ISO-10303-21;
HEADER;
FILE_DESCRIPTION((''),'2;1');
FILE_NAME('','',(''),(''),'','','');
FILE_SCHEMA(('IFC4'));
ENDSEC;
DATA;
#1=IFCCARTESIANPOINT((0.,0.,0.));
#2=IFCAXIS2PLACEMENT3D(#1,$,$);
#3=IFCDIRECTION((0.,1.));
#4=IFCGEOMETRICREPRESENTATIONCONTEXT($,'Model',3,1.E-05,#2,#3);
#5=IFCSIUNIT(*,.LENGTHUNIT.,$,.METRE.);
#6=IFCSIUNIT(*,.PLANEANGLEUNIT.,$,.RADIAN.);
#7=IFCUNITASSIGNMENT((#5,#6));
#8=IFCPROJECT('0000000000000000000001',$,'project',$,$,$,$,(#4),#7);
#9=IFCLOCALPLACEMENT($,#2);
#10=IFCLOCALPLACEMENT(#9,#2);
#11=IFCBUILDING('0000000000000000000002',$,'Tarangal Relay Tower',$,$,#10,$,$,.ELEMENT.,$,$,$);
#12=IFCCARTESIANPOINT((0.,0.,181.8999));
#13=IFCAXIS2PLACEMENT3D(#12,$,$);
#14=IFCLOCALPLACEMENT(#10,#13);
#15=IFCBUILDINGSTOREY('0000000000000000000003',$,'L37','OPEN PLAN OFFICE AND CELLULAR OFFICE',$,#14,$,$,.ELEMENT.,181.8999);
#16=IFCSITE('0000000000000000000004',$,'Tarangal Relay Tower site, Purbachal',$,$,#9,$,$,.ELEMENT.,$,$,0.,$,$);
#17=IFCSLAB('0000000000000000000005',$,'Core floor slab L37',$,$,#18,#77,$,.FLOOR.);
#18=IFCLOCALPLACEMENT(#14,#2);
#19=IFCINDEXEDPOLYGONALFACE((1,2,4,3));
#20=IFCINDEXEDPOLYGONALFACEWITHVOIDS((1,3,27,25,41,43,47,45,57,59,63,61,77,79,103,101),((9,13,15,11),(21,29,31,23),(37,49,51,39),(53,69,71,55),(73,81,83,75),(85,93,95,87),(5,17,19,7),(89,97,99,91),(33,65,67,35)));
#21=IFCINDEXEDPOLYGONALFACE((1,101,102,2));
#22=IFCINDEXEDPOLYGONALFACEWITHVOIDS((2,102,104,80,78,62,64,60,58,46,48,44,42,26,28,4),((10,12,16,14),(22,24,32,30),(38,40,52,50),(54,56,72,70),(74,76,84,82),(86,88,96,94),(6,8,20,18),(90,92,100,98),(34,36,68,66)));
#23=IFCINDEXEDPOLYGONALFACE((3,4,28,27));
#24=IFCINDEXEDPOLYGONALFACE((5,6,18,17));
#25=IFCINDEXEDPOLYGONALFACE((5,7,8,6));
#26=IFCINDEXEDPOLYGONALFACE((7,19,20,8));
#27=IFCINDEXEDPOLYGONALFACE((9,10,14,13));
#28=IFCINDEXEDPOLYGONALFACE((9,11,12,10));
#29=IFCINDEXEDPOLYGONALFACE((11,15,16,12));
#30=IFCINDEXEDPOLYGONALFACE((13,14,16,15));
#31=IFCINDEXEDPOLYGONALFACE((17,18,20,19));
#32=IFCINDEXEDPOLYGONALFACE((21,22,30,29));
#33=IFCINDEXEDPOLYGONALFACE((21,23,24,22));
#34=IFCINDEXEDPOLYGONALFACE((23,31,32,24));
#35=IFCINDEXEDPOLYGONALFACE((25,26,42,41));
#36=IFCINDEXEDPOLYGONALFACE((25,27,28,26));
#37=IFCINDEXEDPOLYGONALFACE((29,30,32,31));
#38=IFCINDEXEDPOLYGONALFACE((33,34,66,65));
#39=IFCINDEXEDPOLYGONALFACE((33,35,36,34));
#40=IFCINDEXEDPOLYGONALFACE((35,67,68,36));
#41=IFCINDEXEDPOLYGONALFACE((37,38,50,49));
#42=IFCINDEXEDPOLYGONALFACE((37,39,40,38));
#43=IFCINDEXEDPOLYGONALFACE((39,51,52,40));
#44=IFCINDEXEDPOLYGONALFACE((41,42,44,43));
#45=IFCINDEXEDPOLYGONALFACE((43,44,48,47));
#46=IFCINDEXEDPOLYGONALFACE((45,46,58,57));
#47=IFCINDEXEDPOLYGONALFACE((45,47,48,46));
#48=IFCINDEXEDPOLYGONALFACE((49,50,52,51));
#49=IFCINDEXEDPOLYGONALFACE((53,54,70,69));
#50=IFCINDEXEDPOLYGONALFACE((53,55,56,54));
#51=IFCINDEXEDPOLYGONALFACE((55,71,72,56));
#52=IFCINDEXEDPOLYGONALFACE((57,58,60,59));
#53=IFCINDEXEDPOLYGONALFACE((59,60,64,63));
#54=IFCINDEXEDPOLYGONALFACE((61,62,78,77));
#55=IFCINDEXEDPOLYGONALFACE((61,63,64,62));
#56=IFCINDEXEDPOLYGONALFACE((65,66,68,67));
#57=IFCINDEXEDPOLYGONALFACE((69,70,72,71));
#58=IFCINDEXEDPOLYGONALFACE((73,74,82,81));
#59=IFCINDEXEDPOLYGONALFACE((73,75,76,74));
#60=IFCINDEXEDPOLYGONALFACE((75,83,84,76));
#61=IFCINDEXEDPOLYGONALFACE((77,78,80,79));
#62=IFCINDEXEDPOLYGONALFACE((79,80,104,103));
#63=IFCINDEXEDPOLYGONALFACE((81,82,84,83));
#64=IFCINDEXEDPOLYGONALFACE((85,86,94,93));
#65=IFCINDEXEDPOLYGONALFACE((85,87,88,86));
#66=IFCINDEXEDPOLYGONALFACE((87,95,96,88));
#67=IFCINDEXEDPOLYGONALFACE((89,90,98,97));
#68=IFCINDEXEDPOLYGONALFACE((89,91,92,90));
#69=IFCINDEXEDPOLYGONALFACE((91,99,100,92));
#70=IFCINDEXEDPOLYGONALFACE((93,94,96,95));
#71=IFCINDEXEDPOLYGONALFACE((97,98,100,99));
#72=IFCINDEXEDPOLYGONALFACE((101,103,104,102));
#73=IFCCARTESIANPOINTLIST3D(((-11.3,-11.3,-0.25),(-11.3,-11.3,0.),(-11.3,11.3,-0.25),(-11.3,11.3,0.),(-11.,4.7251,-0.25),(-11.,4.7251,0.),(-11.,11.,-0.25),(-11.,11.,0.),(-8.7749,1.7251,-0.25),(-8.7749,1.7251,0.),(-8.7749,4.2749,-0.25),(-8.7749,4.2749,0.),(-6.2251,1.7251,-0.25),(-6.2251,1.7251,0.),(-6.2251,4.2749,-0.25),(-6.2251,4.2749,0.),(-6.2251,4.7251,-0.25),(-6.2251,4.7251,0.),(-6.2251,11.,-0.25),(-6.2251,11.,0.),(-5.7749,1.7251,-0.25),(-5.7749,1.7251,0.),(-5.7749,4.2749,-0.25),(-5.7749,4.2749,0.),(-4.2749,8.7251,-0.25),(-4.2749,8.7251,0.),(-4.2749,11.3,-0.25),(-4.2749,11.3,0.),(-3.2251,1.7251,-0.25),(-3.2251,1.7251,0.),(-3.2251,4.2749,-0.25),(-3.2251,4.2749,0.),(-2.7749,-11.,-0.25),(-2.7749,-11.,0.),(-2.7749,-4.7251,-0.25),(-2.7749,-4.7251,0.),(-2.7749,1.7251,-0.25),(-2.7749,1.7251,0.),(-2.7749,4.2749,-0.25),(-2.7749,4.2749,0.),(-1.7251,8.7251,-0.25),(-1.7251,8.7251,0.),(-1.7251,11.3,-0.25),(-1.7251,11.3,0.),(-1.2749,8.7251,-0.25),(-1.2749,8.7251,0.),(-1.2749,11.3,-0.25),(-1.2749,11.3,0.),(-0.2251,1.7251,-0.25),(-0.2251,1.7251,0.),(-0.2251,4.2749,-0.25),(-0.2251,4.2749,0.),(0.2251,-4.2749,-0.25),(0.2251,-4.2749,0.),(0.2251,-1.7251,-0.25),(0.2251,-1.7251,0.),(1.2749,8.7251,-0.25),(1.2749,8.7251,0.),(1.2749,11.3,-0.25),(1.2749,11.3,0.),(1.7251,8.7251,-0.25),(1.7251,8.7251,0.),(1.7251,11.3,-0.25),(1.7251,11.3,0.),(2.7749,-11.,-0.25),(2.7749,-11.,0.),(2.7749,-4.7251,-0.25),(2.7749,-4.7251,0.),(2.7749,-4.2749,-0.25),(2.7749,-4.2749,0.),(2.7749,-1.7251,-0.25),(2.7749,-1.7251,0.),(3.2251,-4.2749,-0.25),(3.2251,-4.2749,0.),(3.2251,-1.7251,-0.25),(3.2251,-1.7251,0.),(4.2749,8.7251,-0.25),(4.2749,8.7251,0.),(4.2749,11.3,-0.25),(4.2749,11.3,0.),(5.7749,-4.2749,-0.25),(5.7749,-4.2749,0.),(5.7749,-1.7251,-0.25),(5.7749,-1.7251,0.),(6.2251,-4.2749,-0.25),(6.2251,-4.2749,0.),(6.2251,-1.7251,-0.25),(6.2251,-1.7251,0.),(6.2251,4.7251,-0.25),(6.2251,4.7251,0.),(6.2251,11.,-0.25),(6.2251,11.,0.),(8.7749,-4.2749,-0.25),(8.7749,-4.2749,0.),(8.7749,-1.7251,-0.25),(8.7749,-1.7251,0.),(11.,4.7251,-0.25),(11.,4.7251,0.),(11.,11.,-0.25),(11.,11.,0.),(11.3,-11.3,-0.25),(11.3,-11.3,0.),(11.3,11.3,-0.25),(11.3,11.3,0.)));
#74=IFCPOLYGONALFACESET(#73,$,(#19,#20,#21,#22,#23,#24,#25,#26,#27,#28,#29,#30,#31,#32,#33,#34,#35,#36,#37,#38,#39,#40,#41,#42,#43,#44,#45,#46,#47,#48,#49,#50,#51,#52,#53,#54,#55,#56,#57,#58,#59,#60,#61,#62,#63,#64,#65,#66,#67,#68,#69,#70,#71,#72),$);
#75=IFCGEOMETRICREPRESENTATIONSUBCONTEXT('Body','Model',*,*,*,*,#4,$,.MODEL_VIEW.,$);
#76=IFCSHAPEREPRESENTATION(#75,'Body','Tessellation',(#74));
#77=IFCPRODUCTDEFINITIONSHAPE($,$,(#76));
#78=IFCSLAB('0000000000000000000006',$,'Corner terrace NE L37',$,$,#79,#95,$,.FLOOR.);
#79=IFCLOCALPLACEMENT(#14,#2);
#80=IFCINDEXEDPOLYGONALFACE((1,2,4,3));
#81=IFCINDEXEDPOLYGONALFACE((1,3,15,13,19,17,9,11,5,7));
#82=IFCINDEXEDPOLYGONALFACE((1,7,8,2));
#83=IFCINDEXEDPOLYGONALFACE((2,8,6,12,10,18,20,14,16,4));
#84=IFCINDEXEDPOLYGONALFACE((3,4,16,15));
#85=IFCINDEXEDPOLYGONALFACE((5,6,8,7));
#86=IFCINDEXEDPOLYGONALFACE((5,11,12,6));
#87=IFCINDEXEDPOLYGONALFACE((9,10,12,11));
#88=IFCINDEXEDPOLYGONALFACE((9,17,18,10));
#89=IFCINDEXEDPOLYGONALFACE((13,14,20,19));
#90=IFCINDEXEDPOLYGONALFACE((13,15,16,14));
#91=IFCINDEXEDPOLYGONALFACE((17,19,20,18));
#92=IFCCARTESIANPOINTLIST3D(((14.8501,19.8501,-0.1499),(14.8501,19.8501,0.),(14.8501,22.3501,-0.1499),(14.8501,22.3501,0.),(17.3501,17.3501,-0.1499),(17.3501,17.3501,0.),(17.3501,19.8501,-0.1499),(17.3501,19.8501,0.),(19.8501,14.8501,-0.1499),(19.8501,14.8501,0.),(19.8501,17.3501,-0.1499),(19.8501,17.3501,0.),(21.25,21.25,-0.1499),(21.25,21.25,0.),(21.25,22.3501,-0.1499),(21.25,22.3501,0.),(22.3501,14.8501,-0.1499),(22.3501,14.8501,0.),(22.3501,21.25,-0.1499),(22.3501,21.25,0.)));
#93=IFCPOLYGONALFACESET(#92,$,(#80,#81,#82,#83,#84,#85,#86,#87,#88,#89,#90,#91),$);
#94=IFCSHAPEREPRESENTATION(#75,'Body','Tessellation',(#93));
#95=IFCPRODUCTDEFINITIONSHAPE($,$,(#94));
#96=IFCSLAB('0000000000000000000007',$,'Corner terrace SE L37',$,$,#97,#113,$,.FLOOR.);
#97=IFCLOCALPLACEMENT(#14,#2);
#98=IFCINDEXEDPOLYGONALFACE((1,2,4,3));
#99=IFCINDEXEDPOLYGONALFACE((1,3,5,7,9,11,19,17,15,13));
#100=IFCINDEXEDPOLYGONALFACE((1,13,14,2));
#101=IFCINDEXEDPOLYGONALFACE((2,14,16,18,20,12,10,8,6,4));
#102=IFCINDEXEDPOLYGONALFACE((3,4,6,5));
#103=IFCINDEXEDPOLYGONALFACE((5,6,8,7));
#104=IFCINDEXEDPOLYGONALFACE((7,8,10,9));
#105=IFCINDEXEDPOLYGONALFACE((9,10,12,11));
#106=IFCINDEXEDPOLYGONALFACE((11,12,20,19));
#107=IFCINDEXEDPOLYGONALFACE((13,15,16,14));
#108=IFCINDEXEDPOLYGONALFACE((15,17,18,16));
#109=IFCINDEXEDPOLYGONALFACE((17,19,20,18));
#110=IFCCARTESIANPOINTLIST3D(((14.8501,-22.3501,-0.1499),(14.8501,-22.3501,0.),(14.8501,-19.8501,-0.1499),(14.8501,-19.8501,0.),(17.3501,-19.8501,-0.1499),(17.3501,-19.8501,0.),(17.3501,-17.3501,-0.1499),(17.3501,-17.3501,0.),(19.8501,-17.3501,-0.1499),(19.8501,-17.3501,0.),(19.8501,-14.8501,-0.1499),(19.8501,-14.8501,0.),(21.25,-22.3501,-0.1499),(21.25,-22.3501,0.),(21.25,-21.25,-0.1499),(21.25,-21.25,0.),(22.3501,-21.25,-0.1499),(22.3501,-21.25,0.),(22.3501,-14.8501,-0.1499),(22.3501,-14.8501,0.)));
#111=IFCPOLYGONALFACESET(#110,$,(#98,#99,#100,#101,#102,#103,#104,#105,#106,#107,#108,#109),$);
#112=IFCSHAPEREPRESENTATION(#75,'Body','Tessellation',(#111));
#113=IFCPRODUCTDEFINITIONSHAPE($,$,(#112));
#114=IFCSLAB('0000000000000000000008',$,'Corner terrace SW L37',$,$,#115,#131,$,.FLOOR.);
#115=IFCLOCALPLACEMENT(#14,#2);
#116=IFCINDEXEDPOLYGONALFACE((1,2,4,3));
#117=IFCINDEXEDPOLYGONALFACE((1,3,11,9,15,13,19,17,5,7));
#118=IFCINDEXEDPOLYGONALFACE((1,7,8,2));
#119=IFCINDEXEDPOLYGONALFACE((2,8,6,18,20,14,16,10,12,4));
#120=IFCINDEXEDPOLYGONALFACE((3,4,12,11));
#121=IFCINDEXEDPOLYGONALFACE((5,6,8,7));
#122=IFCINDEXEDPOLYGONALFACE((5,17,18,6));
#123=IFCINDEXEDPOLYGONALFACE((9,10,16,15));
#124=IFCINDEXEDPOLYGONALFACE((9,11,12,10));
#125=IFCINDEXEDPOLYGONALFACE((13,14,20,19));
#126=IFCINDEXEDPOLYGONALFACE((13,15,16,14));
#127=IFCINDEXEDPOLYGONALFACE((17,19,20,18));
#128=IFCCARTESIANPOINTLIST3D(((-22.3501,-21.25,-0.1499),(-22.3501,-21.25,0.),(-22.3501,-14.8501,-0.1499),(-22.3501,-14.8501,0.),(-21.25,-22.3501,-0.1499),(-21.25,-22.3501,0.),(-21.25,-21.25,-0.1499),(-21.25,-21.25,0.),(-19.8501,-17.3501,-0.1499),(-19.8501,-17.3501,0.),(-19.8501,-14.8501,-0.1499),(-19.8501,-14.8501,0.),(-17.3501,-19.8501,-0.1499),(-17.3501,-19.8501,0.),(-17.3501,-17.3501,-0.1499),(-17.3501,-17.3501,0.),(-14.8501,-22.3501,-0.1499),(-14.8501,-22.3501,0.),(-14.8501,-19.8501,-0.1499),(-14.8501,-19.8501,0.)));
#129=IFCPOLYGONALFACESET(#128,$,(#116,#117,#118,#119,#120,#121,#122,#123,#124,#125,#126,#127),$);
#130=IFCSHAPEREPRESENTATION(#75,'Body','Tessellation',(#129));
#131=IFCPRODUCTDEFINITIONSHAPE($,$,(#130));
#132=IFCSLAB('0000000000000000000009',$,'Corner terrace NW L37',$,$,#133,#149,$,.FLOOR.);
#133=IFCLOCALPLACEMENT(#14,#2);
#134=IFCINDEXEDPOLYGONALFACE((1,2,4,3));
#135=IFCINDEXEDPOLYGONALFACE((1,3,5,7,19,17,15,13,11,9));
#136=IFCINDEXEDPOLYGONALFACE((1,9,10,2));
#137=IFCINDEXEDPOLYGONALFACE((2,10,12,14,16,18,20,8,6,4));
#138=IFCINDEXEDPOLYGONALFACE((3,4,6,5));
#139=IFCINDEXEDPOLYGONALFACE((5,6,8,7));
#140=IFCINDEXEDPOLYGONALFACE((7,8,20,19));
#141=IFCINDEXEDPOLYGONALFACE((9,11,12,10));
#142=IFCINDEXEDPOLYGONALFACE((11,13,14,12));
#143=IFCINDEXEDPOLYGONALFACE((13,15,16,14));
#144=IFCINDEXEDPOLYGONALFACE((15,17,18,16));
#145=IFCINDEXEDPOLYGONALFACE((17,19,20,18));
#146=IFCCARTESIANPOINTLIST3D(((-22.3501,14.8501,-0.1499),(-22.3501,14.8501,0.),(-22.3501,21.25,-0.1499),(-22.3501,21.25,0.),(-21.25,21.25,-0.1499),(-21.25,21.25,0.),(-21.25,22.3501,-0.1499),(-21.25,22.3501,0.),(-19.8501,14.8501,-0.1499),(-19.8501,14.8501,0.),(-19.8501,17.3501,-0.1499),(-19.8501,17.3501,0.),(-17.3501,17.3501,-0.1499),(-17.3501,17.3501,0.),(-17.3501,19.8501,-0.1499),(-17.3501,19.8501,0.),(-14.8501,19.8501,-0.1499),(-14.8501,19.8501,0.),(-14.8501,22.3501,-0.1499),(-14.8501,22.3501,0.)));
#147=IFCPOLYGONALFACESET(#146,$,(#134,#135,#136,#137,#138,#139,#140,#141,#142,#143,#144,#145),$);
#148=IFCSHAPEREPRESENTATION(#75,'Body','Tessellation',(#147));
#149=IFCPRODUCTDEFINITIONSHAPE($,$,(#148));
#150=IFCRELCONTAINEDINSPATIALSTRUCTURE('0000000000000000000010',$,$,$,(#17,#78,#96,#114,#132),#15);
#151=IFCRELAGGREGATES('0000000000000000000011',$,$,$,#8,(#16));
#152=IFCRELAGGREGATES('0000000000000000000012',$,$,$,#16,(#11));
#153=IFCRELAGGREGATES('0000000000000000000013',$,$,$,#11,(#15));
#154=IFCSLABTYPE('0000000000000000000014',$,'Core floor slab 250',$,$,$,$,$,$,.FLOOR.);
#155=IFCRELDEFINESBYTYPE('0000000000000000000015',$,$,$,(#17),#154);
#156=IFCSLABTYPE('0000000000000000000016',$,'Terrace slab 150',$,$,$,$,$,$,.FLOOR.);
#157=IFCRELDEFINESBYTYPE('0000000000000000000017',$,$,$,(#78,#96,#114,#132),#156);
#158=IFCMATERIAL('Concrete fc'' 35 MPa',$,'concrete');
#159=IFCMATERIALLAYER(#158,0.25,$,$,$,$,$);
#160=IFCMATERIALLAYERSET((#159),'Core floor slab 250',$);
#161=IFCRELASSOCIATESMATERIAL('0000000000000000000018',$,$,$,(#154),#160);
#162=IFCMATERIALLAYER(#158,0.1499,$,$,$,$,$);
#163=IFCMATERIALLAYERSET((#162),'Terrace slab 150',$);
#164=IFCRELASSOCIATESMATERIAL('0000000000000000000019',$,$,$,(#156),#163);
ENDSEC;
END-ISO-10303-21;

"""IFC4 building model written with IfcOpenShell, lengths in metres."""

from ifc_helpers import new_model, si_unit, direction, frame, origin, place, context, subcontext, project, spatial, polyline, outline, extrude, material, layer, layer_set, type_object, element, save


model = new_model("IFC4")

# Units and contexts
model_context = context("Model", 3, precision=1e-05, world=origin(), true_north=direction((0.0, 1.0)))
body_context = subcontext(model_context, "Body", "Model", "MODEL_VIEW")
ifc_project = project(units=[si_unit("LENGTHUNIT", "METRE"), si_unit("PLANEANGLEUNIT", "RADIAN")], contexts=[model_context])

# Site, building, storey
site_placement = place(None, origin())
site = spatial("IfcSite", under=ifc_project, at=site_placement, Name="Tarangal Relay Tower site, Purbachal", CompositionType="ELEMENT", RefElevation=0.0)
building_placement = place(site_placement, origin())
building = spatial("IfcBuilding", under=site, at=building_placement, Name="Tarangal Relay Tower", CompositionType="ELEMENT")
storey_placement = place(building_placement, frame((0.0, 0.0, 181.8999)))
storey = spatial("IfcBuildingStorey", under=building, at=storey_placement, Name="L37", Description="OPEN PLAN OFFICE AND CELLULAR OFFICE", CompositionType="ELEMENT", Elevation=181.8999)

# Slabs
ifc_material_1 = material(Name="Concrete fc' 35 MPa", Category="concrete")
ifc_layer_1 = layer(ifc_material_1, 0.25)
ifc_layer_set_1 = layer_set([ifc_layer_1], Name="Core floor slab 250")
slab_type_1 = type_object("IfcSlabType", Name="Core floor slab 250", PredefinedType="FLOOR", material=ifc_layer_set_1)
slab_1_placement = place(storey_placement, frame((0.0, 0.0, -0.25)))
element("IfcSlab", 1, at=slab_1_placement, inside=storey, type_object=slab_type_1, Name="Core floor slab L37", PredefinedType="FLOOR", context=body_context, shape_type="SweptSolid", body=[
    extrude(outline(polyline([(11.3, 11.3), (11.3, -11.3), (-11.3, -11.3), (-11.3, 11.3), (-4.2749, 11.3), (-4.2749, 8.7251), (-1.7251, 8.7251), (-1.7251, 11.3), (-1.2749, 11.3), (-1.2749, 8.7251), (1.2749, 8.7251), (1.2749, 11.3), (1.7251, 11.3), (1.7251, 8.7251), (4.2749, 8.7251), (4.2749, 11.3), (11.3, 11.3)]), holes=[polyline([(-6.2251, 4.2749), (-8.7749, 4.2749), (-8.7749, 1.7251), (-6.2251, 1.7251), (-6.2251, 4.2749)]), polyline([(-3.2251, 1.7251), (-3.2251, 4.2749), (-5.7749, 4.2749), (-5.7749, 1.7251), (-3.2251, 1.7251)]), polyline([(-0.2251, 1.7251), (-0.2251, 4.2749), (-2.7749, 4.2749), (-2.7749, 1.7251), (-0.2251, 1.7251)]), polyline([(-6.2251, 11.0), (-11.0, 11.0), (-11.0, 4.7251), (-6.2251, 4.7251), (-6.2251, 11.0)]), polyline([(2.7749, -4.7251), (-2.7749, -4.7251), (-2.7749, -11.0), (2.7749, -11.0), (2.7749, -4.7251)]), polyline([(2.7749, -4.2749), (2.7749, -1.7251), (0.2251, -1.7251), (0.2251, -4.2749), (2.7749, -4.2749)]), polyline([(5.7749, -4.2749), (5.7749, -1.7251), (3.2251, -1.7251), (3.2251, -4.2749), (5.7749, -4.2749)]), polyline([(8.7749, -1.7251), (6.2251, -1.7251), (6.2251, -4.2749), (8.7749, -4.2749), (8.7749, -1.7251)]), polyline([(11.0, 4.7251), (11.0, 11.0), (6.2251, 11.0), (6.2251, 4.7251), (11.0, 4.7251)])]), origin(), (0.0, 0.0, 1.0), 0.25),
])
ifc_layer_2 = layer(ifc_material_1, 0.1499)
ifc_layer_set_2 = layer_set([ifc_layer_2], Name="Terrace slab 150")
slab_type_2 = type_object("IfcSlabType", Name="Terrace slab 150", PredefinedType="FLOOR", material=ifc_layer_set_2)
slab_2_placement = place(storey_placement, frame((0.0, 0.0, -0.1499)))
element("IfcSlab", 2, at=slab_2_placement, inside=storey, type_object=slab_type_2, Name="Corner terrace NE L37", PredefinedType="FLOOR", context=body_context, shape_type="SweptSolid", body=[
    extrude(outline(polyline([(14.8501, 22.3501), (14.8501, 19.8501), (17.3501, 19.8501), (17.3501, 17.3501), (19.8501, 17.3501), (19.8501, 14.8501), (22.3501, 14.8501), (22.3501, 21.25), (21.25, 21.25), (21.25, 22.3501), (14.8501, 22.3501)])), origin(), (0.0, 0.0, 1.0), 0.1499),
])
slab_3_placement = place(storey_placement, frame((0.0, 0.0, -0.1499)))
element("IfcSlab", 3, at=slab_3_placement, inside=storey, type_object=slab_type_2, Name="Corner terrace SE L37", PredefinedType="FLOOR", context=body_context, shape_type="SweptSolid", body=[
    extrude(outline(polyline([(22.3501, -14.8501), (19.8501, -14.8501), (19.8501, -17.3501), (17.3501, -17.3501), (17.3501, -19.8501), (14.8501, -19.8501), (14.8501, -22.3501), (21.25, -22.3501), (21.25, -21.25), (22.3501, -21.25), (22.3501, -14.8501)])), origin(), (0.0, 0.0, 1.0), 0.1499),
])
slab_4_placement = place(storey_placement, frame((0.0, 0.0, -0.1499)))
element("IfcSlab", 4, at=slab_4_placement, inside=storey, type_object=slab_type_2, Name="Corner terrace SW L37", PredefinedType="FLOOR", context=body_context, shape_type="SweptSolid", body=[
    extrude(outline(polyline([(-14.8501, -22.3501), (-14.8501, -19.8501), (-17.3501, -19.8501), (-17.3501, -17.3501), (-19.8501, -17.3501), (-19.8501, -14.8501), (-22.3501, -14.8501), (-22.3501, -21.25), (-21.25, -21.25), (-21.25, -22.3501), (-14.8501, -22.3501)])), origin(), (0.0, 0.0, 1.0), 0.1499),
])
slab_5_placement = place(storey_placement, frame((0.0, 0.0, -0.1499)))
element("IfcSlab", 5, at=slab_5_placement, inside=storey, type_object=slab_type_2, Name="Corner terrace NW L37", PredefinedType="FLOOR", context=body_context, shape_type="SweptSolid", body=[
    extrude(outline(polyline([(-22.3501, 14.8501), (-19.8501, 14.8501), (-19.8501, 17.3501), (-17.3501, 17.3501), (-17.3501, 19.8501), (-14.8501, 19.8501), (-14.8501, 22.3501), (-21.25, 22.3501), (-21.25, 21.25), (-22.3501, 21.25), (-22.3501, 14.8501)])), origin(), (0.0, 0.0, 1.0), 0.1499),
])

save(model, "model.ifc")
